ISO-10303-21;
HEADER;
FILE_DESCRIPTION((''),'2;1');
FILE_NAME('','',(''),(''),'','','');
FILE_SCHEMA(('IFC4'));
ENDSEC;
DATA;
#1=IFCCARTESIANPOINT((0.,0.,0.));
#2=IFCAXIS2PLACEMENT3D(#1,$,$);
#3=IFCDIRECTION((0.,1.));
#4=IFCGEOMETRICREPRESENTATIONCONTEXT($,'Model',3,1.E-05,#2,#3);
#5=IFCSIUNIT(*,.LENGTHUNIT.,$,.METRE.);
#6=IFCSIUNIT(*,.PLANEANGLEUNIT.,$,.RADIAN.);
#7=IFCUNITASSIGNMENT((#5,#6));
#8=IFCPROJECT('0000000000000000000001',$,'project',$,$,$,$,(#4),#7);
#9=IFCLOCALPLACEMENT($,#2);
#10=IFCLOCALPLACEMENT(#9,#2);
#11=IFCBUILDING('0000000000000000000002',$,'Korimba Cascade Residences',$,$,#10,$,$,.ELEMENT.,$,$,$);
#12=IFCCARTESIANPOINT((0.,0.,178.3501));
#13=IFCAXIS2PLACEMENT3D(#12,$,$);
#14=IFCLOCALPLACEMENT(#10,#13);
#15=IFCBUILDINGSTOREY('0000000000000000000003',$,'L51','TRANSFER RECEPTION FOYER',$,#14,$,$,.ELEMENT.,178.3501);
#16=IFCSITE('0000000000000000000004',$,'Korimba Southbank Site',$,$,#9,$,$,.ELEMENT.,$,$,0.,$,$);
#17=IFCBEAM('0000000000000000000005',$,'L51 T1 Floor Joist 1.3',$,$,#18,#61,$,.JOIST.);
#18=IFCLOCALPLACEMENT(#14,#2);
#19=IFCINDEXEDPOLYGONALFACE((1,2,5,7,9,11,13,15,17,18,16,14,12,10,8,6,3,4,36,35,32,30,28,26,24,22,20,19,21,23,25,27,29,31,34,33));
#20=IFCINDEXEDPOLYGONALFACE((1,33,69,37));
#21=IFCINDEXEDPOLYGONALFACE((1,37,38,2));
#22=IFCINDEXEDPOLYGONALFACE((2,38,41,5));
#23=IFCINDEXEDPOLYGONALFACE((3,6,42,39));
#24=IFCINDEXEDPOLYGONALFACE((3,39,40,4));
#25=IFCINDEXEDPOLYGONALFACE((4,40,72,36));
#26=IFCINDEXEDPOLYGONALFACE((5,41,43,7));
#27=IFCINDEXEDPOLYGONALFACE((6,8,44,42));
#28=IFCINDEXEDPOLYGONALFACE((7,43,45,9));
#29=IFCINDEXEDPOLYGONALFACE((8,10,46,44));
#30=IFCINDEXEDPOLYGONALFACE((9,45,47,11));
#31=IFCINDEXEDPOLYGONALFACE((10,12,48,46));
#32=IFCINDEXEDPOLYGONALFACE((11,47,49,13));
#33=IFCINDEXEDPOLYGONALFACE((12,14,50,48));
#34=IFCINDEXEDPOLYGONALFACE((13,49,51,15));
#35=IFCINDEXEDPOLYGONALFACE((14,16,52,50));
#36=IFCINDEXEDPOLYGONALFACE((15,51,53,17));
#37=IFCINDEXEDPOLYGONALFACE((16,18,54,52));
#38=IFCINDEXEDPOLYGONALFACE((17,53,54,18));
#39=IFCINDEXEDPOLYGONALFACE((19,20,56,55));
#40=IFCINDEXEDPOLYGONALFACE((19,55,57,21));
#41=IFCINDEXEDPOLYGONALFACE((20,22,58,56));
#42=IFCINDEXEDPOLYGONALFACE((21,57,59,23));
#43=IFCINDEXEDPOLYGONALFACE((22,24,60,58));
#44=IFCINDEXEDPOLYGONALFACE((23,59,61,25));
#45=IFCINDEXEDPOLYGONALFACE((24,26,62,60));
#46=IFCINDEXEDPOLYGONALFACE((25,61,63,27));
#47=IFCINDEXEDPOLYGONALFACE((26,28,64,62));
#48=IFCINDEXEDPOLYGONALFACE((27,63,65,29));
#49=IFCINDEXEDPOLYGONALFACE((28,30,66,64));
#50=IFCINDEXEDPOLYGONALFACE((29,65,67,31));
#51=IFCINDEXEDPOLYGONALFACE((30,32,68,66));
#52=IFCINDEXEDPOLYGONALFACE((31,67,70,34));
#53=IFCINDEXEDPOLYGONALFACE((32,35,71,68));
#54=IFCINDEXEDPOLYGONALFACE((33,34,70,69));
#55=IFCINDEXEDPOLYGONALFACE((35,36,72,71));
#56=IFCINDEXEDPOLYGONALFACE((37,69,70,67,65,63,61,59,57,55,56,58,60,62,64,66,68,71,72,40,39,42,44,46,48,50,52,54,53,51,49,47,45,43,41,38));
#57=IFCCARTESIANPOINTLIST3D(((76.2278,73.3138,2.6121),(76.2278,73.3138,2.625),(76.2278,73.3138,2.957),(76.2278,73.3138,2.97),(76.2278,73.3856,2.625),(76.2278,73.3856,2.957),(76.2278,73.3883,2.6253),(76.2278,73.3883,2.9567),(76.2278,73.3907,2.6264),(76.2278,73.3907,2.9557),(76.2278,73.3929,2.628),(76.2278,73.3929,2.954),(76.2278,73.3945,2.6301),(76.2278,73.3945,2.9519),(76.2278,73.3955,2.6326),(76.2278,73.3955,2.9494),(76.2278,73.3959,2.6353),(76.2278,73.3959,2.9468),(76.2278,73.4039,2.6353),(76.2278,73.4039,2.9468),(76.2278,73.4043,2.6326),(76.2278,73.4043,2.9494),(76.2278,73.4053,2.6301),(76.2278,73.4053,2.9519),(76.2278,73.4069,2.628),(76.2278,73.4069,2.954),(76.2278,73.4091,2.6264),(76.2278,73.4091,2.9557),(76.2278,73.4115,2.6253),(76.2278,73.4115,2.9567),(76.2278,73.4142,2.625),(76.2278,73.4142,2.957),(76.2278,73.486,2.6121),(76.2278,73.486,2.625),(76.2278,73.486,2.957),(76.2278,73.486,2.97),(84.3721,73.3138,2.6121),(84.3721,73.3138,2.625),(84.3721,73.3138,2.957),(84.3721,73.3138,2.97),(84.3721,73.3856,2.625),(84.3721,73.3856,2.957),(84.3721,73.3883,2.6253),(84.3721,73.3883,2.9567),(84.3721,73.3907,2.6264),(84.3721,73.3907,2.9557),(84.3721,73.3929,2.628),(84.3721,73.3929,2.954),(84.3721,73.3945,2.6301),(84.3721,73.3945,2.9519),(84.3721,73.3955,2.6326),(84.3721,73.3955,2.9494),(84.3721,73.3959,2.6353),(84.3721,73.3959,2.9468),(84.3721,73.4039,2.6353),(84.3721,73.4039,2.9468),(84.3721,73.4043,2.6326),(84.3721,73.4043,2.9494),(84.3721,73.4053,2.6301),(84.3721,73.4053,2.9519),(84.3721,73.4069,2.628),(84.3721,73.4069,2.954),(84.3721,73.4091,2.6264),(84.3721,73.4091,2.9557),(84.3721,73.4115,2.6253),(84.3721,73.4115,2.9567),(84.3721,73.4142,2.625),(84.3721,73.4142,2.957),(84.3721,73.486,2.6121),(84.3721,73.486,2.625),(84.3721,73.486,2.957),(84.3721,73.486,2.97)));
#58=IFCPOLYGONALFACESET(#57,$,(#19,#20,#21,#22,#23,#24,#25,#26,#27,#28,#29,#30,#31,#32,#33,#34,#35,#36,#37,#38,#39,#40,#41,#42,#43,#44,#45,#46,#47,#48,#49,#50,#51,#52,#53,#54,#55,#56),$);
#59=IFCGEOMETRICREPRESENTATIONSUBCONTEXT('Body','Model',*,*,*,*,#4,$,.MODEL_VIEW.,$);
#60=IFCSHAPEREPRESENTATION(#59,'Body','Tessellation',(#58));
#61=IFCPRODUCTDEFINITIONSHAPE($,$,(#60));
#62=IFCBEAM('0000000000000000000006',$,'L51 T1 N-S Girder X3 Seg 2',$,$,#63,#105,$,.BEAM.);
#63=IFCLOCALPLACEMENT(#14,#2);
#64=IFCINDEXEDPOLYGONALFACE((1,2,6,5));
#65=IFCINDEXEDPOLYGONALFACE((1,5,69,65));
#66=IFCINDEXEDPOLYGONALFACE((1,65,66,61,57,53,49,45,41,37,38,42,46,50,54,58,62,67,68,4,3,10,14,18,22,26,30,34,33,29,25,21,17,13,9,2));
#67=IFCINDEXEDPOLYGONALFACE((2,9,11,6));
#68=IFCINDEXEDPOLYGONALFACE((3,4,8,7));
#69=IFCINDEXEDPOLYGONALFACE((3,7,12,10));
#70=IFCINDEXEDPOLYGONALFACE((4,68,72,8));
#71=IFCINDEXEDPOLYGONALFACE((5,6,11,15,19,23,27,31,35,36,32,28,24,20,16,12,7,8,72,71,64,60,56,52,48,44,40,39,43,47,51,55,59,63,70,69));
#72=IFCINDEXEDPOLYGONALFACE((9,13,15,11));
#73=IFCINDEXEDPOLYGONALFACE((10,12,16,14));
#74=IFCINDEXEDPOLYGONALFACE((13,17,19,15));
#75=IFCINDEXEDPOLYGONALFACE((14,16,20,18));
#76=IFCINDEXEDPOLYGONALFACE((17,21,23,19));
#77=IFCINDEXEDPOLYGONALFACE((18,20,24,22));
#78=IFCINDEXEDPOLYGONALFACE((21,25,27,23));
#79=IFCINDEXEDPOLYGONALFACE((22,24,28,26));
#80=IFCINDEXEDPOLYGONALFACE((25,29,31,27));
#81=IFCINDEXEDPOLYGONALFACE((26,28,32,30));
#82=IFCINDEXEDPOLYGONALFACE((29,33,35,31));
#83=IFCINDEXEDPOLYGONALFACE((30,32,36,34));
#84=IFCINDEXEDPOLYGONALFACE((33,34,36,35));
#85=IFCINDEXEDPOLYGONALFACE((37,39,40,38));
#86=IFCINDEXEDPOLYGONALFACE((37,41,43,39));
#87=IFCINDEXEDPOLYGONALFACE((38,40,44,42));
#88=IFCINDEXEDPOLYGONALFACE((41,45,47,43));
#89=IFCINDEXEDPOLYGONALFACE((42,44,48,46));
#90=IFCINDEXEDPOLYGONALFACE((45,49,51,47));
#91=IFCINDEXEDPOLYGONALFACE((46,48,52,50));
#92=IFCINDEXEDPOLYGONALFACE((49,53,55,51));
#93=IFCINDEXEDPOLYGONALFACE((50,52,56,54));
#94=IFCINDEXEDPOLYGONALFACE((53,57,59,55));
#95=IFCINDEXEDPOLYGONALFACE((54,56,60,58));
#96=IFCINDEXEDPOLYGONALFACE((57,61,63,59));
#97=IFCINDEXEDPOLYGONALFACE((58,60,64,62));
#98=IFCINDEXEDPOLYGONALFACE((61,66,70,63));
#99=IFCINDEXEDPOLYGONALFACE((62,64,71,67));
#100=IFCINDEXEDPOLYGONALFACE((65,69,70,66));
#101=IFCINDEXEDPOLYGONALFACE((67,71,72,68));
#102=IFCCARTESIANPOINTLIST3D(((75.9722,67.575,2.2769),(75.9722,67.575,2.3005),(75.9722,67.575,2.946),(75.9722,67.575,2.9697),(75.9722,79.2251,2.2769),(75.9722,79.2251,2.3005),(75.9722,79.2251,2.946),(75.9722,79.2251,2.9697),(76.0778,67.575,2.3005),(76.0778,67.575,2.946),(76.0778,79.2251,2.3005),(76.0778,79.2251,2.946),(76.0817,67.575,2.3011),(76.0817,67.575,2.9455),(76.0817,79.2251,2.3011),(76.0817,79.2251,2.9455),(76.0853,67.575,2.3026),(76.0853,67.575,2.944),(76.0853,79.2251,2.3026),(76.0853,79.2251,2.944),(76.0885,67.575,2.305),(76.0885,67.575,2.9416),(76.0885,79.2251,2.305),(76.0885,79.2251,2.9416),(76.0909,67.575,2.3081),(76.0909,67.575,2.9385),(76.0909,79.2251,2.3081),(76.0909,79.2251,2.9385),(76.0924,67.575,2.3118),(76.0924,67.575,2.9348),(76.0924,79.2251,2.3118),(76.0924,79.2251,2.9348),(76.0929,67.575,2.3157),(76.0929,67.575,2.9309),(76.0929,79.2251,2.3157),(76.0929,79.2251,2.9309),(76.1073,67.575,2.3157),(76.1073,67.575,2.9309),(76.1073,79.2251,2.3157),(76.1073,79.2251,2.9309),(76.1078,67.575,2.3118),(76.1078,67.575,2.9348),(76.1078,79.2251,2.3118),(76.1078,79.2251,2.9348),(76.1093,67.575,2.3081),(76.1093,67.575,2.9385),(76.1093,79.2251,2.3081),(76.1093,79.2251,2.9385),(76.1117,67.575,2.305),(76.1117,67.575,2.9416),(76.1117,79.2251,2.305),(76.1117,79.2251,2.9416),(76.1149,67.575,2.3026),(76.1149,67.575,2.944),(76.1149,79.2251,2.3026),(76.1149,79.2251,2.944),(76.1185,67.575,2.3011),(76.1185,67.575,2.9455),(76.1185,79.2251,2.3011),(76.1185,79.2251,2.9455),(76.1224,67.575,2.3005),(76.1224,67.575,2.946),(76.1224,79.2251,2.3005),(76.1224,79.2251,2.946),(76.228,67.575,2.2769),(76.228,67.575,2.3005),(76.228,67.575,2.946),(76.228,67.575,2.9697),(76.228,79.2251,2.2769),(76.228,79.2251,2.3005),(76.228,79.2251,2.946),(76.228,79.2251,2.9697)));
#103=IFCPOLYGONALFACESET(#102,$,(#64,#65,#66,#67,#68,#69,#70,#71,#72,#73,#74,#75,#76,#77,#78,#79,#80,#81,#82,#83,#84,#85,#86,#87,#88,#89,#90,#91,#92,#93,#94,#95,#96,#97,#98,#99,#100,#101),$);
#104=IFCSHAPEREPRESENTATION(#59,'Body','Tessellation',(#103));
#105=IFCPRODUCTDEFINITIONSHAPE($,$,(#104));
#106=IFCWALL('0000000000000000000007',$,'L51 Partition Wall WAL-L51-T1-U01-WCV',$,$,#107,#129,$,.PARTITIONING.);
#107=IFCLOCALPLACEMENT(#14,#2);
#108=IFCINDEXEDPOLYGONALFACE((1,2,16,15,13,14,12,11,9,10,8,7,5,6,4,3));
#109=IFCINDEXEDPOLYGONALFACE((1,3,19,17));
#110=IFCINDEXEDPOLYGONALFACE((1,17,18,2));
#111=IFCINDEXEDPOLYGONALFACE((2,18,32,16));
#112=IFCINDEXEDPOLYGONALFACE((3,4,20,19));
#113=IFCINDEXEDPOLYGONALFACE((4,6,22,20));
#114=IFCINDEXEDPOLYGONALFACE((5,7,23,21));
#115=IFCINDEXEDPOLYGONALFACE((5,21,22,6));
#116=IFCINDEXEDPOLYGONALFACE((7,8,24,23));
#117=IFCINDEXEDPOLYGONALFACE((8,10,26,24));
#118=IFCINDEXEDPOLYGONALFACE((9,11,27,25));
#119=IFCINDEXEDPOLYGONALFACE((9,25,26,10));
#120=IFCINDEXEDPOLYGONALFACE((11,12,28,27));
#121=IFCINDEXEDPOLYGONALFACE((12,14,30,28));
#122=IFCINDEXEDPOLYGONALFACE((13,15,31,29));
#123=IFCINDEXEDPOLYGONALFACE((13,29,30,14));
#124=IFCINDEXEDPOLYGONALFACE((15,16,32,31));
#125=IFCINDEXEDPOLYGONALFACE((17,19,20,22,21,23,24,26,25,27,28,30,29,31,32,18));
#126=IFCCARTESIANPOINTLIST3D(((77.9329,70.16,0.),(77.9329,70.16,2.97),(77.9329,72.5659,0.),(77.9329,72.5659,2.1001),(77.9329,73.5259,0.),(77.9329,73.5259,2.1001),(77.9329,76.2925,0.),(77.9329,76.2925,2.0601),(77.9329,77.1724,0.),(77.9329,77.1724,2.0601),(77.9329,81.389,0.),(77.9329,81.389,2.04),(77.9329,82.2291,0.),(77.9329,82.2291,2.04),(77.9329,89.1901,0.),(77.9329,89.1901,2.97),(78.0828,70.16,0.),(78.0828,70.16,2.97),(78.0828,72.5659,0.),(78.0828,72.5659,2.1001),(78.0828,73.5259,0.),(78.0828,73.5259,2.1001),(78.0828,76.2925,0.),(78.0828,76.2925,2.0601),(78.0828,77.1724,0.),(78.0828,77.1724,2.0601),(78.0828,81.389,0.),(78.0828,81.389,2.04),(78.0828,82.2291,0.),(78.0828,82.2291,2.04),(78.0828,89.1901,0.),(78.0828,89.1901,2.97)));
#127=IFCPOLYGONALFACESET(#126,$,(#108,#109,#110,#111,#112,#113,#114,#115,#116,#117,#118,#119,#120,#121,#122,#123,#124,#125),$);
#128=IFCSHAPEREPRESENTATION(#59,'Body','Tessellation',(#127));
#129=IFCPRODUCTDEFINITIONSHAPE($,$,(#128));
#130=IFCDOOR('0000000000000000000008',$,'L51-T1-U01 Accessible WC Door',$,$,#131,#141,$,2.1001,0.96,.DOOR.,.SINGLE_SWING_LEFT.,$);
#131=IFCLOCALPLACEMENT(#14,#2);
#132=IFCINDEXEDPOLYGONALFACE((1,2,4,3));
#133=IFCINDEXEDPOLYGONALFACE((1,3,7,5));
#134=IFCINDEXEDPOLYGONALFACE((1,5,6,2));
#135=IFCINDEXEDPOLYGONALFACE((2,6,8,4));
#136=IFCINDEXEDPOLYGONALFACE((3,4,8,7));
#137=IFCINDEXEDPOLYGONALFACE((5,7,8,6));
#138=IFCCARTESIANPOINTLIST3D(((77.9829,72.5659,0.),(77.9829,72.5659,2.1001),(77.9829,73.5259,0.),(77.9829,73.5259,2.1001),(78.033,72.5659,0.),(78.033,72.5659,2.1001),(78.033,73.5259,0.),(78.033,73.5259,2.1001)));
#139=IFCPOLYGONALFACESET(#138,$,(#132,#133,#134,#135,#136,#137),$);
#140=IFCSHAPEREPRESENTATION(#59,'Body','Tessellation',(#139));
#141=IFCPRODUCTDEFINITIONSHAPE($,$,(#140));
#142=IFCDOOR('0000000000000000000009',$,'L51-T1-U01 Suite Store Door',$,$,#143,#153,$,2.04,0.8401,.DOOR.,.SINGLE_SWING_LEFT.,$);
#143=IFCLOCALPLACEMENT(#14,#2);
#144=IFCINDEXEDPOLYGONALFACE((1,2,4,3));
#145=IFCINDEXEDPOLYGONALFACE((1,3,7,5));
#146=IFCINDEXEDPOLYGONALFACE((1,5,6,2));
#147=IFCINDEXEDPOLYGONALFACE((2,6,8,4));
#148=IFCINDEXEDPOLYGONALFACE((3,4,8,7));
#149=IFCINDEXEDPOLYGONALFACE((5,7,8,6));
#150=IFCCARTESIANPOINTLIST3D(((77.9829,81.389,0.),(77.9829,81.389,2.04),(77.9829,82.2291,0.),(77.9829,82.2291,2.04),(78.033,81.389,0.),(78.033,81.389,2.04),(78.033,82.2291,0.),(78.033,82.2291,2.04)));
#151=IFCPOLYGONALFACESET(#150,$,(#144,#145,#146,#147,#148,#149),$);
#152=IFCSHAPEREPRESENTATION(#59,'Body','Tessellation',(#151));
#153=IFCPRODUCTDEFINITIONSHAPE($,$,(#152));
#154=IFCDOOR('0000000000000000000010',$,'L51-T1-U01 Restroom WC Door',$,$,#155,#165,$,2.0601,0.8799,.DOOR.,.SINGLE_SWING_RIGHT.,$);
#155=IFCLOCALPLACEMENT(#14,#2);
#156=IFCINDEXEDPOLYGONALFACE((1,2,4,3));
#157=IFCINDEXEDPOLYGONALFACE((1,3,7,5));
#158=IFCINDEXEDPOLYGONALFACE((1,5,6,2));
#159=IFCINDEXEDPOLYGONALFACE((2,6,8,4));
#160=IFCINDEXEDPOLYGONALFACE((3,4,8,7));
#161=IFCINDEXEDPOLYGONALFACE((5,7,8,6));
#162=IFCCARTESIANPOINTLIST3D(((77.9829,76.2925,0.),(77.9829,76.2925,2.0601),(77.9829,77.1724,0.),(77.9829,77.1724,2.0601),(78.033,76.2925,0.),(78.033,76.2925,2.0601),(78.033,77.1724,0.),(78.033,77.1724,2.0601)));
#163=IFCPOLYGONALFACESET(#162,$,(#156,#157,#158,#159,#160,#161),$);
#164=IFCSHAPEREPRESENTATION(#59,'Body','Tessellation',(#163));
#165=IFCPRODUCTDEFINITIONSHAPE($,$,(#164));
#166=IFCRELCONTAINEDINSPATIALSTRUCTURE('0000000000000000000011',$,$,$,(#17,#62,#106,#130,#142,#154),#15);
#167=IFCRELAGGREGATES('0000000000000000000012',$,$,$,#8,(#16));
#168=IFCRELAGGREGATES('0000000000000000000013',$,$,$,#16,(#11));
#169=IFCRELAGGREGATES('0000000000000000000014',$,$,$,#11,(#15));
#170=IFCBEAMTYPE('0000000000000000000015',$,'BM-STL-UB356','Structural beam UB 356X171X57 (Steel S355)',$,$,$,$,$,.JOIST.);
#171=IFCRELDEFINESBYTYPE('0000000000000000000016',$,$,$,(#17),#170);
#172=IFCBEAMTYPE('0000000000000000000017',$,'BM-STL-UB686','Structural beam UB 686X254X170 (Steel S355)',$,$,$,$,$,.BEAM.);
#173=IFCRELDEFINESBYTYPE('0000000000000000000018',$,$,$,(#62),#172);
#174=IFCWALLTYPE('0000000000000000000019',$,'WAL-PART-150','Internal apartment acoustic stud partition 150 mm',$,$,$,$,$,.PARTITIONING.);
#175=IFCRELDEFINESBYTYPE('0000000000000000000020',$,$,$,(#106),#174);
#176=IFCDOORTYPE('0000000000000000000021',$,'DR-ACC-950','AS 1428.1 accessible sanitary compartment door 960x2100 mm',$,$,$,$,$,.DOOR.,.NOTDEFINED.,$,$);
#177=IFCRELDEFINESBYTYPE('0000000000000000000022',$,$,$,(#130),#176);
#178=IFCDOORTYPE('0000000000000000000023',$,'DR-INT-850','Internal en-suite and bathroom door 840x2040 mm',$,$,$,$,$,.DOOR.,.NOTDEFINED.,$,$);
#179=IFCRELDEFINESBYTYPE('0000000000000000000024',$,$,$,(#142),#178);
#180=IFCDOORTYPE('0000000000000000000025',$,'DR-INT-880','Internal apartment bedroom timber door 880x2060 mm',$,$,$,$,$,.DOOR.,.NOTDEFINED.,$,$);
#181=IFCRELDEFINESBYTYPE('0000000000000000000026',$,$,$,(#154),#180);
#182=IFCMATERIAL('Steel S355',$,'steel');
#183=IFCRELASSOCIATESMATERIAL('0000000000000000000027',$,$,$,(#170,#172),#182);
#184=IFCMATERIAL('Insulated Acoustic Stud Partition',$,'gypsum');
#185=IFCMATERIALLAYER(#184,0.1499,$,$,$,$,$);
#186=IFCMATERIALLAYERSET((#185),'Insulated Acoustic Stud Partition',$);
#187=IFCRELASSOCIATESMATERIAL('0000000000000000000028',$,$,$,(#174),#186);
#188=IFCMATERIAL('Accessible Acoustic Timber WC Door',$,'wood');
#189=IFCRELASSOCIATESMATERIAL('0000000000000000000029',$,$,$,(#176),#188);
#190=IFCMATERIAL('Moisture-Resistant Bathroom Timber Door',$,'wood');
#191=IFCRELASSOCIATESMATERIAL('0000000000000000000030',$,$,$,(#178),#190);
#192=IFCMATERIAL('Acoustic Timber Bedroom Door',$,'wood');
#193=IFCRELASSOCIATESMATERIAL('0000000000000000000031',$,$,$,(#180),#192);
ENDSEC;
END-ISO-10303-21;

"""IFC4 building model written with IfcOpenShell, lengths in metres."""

from ifc_helpers import new_model, si_unit, direction, frame, frame_2d, origin, origin_2d, place, context, subcontext, project, spatial, rectangle, i_section, extrude, material, layer, layer_set, material_profile, profile_set, type_object, element, fill, save


model = new_model("IFC4")

# Units and contexts
model_context = context("Model", 3, precision=1e-05, world=origin(), true_north=direction((0.0, 1.0)))
body_context = subcontext(model_context, "Body", "Model", "MODEL_VIEW")
ifc_project = project(units=[si_unit("LENGTHUNIT", "METRE"), si_unit("PLANEANGLEUNIT", "RADIAN")], contexts=[model_context])

# Site, building, storey
site_placement = place(None, origin())
site = spatial("IfcSite", under=ifc_project, at=site_placement, Name="Korimba Southbank Site", CompositionType="ELEMENT", RefElevation=0.0)
building_placement = place(site_placement, origin())
building = spatial("IfcBuilding", under=site, at=building_placement, Name="Korimba Cascade Residences", CompositionType="ELEMENT")
storey_placement = place(building_placement, frame((0.0, 0.0, 178.3501)))
storey = spatial("IfcBuildingStorey", under=building, at=storey_placement, Name="L51", Description="TRANSFER RECEPTION FOYER", CompositionType="ELEMENT", Elevation=178.3501)

# Beams
ifc_material_1 = material(Name="Steel S355", Category="steel")
ifc_material_profile_1 = material_profile(ifc_material_1, i_section(OverallWidth=0.1721, OverallDepth=0.3579, WebThickness=0.0081, FlangeThickness=0.0129, FilletRadius=0.0103, at=origin_2d()), Name="Steel S355")
ifc_profile_set_1 = profile_set([ifc_material_profile_1], Name="Steel S355")
beam_type_1 = type_object("IfcBeamType", Name="BM-STL-UB356", Description="Structural beam UB 356X171X57 (Steel S355)", PredefinedType="JOIST", material=ifc_profile_set_1)
beam_1_placement = place(storey_placement, frame((76.2278, 73.3999, 2.791), z_axis=(1.0, 0.0, 0.0), x_axis=(0.0, 1.0, 0.0)))
element("IfcBeam", 1, at=beam_1_placement, inside=storey, type_object=beam_type_1, Name="L51 T1 Floor Joist 1.3", PredefinedType="JOIST", context=body_context, shape_type="SweptSolid", body=[
    extrude(i_section(OverallWidth=0.1721, OverallDepth=0.3579, WebThickness=0.0081, FlangeThickness=0.0129, FilletRadius=0.0103, at=origin_2d()), origin(), (0.0, 0.0, 1.0), 8.1443),
])
ifc_material_profile_2 = material_profile(ifc_material_1, i_section(OverallWidth=0.2559, OverallDepth=0.6929, WebThickness=0.0144, FlangeThickness=0.0237, FilletRadius=0.0151, at=origin_2d()), Name="Steel S355")
ifc_profile_set_2 = profile_set([ifc_material_profile_2], Name="Steel S355")
beam_type_2 = type_object("IfcBeamType", Name="BM-STL-UB686", Description="Structural beam UB 686X254X170 (Steel S355)", PredefinedType="BEAM", material=ifc_profile_set_2)
beam_2_placement = place(storey_placement, frame((76.1001, 67.575, 2.6233), z_axis=(0.0, 1.0, 0.0), x_axis=(-1.0, 0.0, 0.0)))
element("IfcBeam", 2, at=beam_2_placement, inside=storey, type_object=beam_type_2, Name="L51 T1 N-S Girder X3 Seg 2", PredefinedType="BEAM", context=body_context, shape_type="SweptSolid", body=[
    extrude(i_section(OverallWidth=0.2559, OverallDepth=0.6929, WebThickness=0.0144, FlangeThickness=0.0237, FilletRadius=0.0151, at=origin_2d()), origin(), (0.0, 0.0, 1.0), 11.6501),
])

# Wall, openings, doors
ifc_material_2 = material(Name="Insulated Acoustic Stud Partition", Category="gypsum")
ifc_layer_1 = layer(ifc_material_2, 0.1499)
ifc_layer_set_1 = layer_set([ifc_layer_1], Name="Insulated Acoustic Stud Partition")
wall_type_1 = type_object("IfcWallType", Name="WAL-PART-150", Description="Internal apartment acoustic stud partition 150 mm", PredefinedType="PARTITIONING", material=ifc_layer_set_1)
wall_1_placement = place(storey_placement, frame((78.0078, 70.1599, 0.0), z_axis=(0.0, 0.0, 1.0), x_axis=(0.0, 1.0, 0.0)))
wall_1 = element("IfcWall", 3, at=wall_1_placement, inside=storey, type_object=wall_type_1, Name="L51 Partition Wall WAL-L51-T1-U01-WCV", PredefinedType="PARTITIONING", context=body_context, shape_type="SweptSolid", body=[
    extrude(rectangle(XDim=19.03, YDim=0.1499, at=frame_2d((9.5151, 0.0))), origin(), (0.0, 0.0, 1.0), 2.97),
])
opening_1_placement = place(wall_1_placement, frame((2.406, 0.0, 0.0)))
opening_1 = element("IfcOpeningElement", 4, at=opening_1_placement, cuts=wall_1, PredefinedType="OPENING", context=body_context, shape_type="SweptSolid", body=[
    extrude(rectangle(XDim=0.96, YDim=2.1001, at=frame_2d((0.48, 1.05))), frame((0.0, 0.085, 0.0), z_axis=(0.0, -1.0, 0.0), x_axis=(1.0, 0.0, 0.0)), (0.0, 0.0, 1.0), 0.1699),
])
opening_2_placement = place(wall_1_placement, frame((6.1326, 0.0, 0.0)))
opening_2 = element("IfcOpeningElement", 5, at=opening_2_placement, cuts=wall_1, PredefinedType="OPENING", context=body_context, shape_type="SweptSolid", body=[
    extrude(rectangle(XDim=0.8799, YDim=2.0601, at=frame_2d((0.4399, 1.03))), frame((0.0, 0.085, 0.0), z_axis=(0.0, -1.0, 0.0), x_axis=(1.0, 0.0, 0.0)), (0.0, 0.0, 1.0), 0.1699),
])
opening_3_placement = place(wall_1_placement, frame((11.2292, 0.0, 0.0)))
opening_3 = element("IfcOpeningElement", 6, at=opening_3_placement, cuts=wall_1, PredefinedType="OPENING", context=body_context, shape_type="SweptSolid", body=[
    extrude(rectangle(XDim=0.8401, YDim=2.04, at=frame_2d((0.4199, 1.02))), frame((0.0, 0.085, 0.0), z_axis=(0.0, -1.0, 0.0), x_axis=(1.0, 0.0, 0.0)), (0.0, 0.0, 1.0), 0.1699),
])
ifc_material_3 = material(Name="Accessible Acoustic Timber WC Door", Category="wood")
door_type_1 = type_object("IfcDoorType", Name="DR-ACC-950", Description="AS 1428.1 accessible sanitary compartment door 960x2100 mm", OperationType="NOTDEFINED", PredefinedType="DOOR", material=ifc_material_3)
door_1_placement = place(opening_1_placement, origin())
door_1 = element("IfcDoor", 7, at=door_1_placement, inside=storey, type_object=door_type_1, Name="L51-T1-U01 Accessible WC Door", OperationType="SINGLE_SWING_LEFT", OverallHeight=2.1001, OverallWidth=0.96, PredefinedType="DOOR", context=body_context, shape_type="SweptSolid", body=[
    extrude(rectangle(XDim=0.96, YDim=2.1001, at=frame_2d((0.48, 1.05))), frame((0.0, 0.0249, 0.0), z_axis=(0.0, -1.0, 0.0), x_axis=(1.0, 0.0, 0.0)), (0.0, 0.0, 1.0), 0.05),
])
fill(opening_1, door_1)
ifc_material_4 = material(Name="Moisture-Resistant Bathroom Timber Door", Category="wood")
door_type_2 = type_object("IfcDoorType", Name="DR-INT-850", Description="Internal en-suite and bathroom door 840x2040 mm", OperationType="NOTDEFINED", PredefinedType="DOOR", material=ifc_material_4)
door_2_placement = place(opening_3_placement, origin())
door_2 = element("IfcDoor", 8, at=door_2_placement, inside=storey, type_object=door_type_2, Name="L51-T1-U01 Suite Store Door", OperationType="SINGLE_SWING_LEFT", OverallHeight=2.04, OverallWidth=0.8401, PredefinedType="DOOR", context=body_context, shape_type="SweptSolid", body=[
    extrude(rectangle(XDim=0.8401, YDim=2.04, at=frame_2d((0.4199, 1.02))), frame((0.0, 0.0249, 0.0), z_axis=(0.0, -1.0, 0.0), x_axis=(1.0, 0.0, 0.0)), (0.0, 0.0, 1.0), 0.05),
])
fill(opening_3, door_2)
ifc_material_5 = material(Name="Acoustic Timber Bedroom Door", Category="wood")
door_type_3 = type_object("IfcDoorType", Name="DR-INT-880", Description="Internal apartment bedroom timber door 880x2060 mm", OperationType="NOTDEFINED", PredefinedType="DOOR", material=ifc_material_5)
door_3_placement = place(opening_2_placement, origin())
door_3 = element("IfcDoor", 9, at=door_3_placement, inside=storey, type_object=door_type_3, Name="L51-T1-U01 Restroom WC Door", OperationType="SINGLE_SWING_RIGHT", OverallHeight=2.0601, OverallWidth=0.8799, PredefinedType="DOOR", context=body_context, shape_type="SweptSolid", body=[
    extrude(rectangle(XDim=0.8799, YDim=2.0601, at=frame_2d((0.4399, 1.03))), frame((0.0, 0.0249, 0.0), z_axis=(0.0, -1.0, 0.0), x_axis=(1.0, 0.0, 0.0)), (0.0, 0.0, 1.0), 0.05),
])
fill(opening_2, door_3)

save(model, "model.ifc")
